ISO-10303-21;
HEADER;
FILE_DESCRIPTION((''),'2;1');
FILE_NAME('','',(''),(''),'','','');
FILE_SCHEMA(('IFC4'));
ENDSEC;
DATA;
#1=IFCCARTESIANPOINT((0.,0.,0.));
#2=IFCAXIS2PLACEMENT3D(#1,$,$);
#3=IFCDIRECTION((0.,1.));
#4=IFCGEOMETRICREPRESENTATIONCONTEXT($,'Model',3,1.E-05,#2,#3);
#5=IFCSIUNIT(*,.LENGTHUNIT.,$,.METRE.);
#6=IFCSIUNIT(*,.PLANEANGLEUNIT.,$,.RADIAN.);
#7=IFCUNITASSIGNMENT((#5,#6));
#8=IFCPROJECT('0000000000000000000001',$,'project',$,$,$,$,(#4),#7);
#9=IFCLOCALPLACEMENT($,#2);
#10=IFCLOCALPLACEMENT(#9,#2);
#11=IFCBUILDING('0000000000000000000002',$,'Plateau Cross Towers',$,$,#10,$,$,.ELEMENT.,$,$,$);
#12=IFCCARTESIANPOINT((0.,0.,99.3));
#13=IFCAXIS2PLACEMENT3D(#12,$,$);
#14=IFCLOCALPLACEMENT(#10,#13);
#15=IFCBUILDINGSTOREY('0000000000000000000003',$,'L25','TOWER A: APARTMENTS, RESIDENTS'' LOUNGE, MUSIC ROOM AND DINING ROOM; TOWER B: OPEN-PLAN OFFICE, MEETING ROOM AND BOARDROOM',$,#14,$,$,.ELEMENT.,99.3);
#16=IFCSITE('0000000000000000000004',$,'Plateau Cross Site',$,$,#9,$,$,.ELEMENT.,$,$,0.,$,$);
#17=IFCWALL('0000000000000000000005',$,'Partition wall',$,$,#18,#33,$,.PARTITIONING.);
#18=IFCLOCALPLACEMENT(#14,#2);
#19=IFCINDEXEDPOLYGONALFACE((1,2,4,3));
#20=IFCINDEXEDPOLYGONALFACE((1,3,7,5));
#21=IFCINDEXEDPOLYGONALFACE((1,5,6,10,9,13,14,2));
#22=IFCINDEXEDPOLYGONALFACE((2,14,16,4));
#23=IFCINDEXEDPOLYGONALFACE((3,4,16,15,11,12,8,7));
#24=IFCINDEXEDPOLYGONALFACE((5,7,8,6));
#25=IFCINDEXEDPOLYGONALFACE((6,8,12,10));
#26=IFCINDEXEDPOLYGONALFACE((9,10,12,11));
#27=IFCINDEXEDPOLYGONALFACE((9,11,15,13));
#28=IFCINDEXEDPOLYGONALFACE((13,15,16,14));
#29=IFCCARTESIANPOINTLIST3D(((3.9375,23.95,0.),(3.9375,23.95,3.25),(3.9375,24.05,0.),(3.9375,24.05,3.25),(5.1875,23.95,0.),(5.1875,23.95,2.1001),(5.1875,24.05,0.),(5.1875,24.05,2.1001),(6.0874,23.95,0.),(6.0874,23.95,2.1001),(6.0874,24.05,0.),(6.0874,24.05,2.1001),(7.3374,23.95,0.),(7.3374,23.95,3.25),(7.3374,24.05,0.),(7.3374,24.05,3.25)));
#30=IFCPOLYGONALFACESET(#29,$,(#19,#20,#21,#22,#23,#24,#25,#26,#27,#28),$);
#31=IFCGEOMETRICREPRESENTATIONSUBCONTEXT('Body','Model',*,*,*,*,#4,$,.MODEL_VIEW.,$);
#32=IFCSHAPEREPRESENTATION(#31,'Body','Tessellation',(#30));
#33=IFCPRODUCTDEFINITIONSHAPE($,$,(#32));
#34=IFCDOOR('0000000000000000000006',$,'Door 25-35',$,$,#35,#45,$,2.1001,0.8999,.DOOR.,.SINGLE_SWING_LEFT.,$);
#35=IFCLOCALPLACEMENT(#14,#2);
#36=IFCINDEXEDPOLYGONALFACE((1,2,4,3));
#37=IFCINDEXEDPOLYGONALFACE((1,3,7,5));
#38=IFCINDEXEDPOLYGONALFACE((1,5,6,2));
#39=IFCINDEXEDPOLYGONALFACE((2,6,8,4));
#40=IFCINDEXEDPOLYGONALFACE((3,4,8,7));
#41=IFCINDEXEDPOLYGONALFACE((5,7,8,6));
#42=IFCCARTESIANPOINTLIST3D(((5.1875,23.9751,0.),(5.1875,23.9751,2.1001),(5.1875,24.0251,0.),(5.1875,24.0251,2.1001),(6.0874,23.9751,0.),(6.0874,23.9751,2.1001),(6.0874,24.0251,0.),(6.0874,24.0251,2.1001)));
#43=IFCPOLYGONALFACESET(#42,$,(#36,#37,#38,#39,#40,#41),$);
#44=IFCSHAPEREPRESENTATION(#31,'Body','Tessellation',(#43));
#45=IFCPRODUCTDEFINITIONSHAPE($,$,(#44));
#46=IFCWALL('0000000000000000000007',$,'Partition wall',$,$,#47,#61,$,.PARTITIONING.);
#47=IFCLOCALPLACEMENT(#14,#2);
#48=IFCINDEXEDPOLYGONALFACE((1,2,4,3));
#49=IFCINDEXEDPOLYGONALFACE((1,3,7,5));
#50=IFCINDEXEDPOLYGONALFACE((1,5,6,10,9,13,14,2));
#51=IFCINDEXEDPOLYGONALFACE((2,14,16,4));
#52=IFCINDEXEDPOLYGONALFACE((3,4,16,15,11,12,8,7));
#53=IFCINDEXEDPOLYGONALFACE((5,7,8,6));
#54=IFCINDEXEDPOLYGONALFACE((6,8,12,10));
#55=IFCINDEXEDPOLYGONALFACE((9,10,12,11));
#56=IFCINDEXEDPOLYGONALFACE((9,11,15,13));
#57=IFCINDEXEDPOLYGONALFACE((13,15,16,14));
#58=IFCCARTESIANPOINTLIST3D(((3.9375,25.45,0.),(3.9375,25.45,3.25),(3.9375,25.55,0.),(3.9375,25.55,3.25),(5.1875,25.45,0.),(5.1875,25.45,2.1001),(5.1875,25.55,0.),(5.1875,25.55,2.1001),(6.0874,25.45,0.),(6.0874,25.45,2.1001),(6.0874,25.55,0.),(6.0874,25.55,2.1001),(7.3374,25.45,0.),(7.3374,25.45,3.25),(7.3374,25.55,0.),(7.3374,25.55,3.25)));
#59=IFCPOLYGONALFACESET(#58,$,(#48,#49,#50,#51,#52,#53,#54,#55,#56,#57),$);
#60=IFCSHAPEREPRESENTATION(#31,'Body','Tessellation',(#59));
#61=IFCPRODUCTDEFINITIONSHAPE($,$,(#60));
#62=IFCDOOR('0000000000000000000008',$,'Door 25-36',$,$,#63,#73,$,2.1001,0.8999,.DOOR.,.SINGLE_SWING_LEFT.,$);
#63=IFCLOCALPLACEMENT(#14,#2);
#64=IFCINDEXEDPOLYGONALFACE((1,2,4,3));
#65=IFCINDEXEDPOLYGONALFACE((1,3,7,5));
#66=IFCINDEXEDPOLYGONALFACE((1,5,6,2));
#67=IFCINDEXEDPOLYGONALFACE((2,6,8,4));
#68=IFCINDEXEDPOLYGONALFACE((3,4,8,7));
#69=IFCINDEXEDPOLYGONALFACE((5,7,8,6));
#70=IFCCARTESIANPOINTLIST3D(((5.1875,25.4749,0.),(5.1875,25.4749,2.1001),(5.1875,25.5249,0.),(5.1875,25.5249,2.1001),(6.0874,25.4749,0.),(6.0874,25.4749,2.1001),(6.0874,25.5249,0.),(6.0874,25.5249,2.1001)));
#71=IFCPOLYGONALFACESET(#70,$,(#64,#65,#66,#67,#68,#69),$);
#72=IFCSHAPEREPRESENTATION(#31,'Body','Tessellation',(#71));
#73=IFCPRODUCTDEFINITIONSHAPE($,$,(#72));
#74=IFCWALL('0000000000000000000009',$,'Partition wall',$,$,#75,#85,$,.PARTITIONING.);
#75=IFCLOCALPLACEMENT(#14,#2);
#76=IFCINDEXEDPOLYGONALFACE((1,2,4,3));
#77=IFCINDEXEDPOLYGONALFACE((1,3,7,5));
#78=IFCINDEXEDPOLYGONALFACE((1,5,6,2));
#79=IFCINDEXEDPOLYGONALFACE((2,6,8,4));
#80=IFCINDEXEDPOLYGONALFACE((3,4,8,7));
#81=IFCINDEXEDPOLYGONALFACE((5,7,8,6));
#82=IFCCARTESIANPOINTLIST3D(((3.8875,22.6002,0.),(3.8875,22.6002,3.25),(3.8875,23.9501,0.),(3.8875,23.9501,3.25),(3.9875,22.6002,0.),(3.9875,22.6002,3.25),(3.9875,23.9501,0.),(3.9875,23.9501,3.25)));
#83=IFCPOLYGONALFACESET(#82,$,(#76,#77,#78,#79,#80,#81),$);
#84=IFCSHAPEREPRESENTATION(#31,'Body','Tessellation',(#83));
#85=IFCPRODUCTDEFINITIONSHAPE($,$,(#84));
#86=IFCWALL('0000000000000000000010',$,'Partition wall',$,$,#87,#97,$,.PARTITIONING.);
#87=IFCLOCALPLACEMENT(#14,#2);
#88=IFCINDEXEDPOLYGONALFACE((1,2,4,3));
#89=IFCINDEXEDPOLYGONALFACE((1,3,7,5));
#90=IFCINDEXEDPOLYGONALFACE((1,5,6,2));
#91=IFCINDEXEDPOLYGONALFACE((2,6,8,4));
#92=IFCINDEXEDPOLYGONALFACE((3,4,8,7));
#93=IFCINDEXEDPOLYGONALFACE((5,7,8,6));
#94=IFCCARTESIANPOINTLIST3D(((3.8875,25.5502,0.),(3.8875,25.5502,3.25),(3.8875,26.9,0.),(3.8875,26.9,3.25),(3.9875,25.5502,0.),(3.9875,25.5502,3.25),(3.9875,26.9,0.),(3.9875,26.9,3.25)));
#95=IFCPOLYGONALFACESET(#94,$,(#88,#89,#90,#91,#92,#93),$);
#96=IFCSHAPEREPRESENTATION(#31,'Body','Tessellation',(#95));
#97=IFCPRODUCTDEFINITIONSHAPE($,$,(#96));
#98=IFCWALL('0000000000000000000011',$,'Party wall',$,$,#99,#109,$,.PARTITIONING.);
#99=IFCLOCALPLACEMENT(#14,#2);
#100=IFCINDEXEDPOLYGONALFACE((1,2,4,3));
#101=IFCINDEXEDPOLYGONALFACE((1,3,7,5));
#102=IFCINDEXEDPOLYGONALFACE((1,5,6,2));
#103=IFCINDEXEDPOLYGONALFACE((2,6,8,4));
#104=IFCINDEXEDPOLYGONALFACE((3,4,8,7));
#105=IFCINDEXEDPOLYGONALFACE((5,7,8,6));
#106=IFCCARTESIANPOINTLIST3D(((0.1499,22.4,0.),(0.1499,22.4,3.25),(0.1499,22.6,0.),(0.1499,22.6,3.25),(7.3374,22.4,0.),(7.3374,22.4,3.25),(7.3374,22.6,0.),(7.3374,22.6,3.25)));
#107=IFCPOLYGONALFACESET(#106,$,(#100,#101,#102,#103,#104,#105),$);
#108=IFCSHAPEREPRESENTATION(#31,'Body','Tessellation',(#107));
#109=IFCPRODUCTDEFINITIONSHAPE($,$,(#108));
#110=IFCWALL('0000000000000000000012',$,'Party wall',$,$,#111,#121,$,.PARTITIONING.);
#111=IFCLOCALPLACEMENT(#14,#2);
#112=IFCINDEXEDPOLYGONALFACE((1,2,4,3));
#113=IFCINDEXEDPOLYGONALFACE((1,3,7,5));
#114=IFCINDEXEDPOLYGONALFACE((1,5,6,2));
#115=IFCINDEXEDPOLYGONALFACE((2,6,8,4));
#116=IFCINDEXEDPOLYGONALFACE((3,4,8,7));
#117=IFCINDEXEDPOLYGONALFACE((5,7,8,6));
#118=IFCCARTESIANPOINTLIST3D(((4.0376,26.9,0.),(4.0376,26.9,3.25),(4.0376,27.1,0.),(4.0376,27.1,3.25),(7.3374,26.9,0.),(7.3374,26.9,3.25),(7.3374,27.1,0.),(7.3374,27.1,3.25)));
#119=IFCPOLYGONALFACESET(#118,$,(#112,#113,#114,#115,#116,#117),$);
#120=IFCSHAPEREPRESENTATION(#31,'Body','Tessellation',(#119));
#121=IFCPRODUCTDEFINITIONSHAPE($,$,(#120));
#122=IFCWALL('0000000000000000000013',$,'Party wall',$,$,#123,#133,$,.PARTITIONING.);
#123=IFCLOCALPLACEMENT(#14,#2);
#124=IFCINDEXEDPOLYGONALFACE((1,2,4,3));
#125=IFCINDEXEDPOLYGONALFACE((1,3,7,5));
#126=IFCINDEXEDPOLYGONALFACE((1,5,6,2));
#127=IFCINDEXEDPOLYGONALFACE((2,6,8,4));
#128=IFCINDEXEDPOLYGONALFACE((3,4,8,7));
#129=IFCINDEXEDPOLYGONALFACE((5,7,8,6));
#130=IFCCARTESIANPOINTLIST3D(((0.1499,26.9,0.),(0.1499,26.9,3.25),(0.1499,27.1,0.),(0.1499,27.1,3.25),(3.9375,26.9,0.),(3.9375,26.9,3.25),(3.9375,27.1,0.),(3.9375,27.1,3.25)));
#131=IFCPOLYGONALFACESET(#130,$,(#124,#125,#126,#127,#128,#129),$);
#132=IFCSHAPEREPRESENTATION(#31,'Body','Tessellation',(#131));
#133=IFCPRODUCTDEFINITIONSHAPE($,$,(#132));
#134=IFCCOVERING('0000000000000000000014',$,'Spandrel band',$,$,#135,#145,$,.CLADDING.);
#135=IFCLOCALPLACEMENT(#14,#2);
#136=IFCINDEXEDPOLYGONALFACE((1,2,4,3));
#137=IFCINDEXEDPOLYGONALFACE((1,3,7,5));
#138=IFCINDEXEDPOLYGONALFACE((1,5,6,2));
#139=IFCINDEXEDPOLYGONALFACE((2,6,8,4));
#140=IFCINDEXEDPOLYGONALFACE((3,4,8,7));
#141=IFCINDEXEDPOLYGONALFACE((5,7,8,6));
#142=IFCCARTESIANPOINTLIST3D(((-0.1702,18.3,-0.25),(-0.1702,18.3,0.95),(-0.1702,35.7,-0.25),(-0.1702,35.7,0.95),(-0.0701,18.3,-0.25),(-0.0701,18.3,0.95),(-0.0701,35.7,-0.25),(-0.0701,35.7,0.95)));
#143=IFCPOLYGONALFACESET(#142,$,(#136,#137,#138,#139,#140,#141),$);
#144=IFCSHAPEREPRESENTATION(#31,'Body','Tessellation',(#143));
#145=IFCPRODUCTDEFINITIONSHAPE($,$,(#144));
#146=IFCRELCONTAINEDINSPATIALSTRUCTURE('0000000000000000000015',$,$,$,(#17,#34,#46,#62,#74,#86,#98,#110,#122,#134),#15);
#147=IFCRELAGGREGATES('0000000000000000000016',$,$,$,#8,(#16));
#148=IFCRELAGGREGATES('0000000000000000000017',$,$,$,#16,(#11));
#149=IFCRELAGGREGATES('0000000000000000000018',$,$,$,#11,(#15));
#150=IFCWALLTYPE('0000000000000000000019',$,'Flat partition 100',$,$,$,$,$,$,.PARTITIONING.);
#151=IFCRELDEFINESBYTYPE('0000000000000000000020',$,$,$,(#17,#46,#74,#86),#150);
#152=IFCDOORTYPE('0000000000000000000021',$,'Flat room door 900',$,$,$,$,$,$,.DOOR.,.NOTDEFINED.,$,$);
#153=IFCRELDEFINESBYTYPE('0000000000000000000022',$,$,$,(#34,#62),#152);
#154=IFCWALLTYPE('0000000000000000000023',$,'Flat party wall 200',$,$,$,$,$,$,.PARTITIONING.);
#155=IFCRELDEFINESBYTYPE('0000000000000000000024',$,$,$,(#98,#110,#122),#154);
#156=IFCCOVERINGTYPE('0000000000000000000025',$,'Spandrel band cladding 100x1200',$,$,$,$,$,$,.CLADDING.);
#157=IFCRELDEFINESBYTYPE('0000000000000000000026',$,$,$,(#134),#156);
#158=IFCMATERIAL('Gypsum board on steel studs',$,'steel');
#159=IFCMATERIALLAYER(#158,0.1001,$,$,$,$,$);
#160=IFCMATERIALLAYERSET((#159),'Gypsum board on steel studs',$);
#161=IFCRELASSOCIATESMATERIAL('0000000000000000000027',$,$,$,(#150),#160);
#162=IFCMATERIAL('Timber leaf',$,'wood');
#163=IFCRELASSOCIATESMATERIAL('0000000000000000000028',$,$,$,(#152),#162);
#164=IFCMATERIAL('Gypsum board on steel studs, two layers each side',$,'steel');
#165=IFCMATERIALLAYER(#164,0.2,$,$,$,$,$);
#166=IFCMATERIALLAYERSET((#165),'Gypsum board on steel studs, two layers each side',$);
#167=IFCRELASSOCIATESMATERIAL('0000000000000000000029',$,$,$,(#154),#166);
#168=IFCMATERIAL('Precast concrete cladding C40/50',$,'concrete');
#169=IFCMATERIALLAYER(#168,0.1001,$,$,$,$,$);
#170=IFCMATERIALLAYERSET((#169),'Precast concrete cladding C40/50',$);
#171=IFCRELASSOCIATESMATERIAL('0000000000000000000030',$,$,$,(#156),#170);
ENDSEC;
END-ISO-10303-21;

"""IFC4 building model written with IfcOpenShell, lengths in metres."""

from ifc_helpers import new_model, si_unit, direction, frame, frame_2d, origin, origin_2d, place, context, subcontext, project, spatial, rectangle, extrude, material, layer, layer_set, type_object, element, fill, save


model = new_model("IFC4")

# Units and contexts
model_context = context("Model", 3, precision=1e-05, world=origin(), true_north=direction((0.0, 1.0)))
body_context = subcontext(model_context, "Body", "Model", "MODEL_VIEW")
ifc_project = project(units=[si_unit("LENGTHUNIT", "METRE"), si_unit("PLANEANGLEUNIT", "RADIAN")], contexts=[model_context])

# Site, building, storey
site_placement = place(None, origin())
site = spatial("IfcSite", under=ifc_project, at=site_placement, Name="Plateau Cross Site", CompositionType="ELEMENT", RefElevation=0.0)
building_placement = place(site_placement, origin())
building = spatial("IfcBuilding", under=site, at=building_placement, Name="Plateau Cross Towers", CompositionType="ELEMENT")
storey_placement = place(building_placement, frame((0.0, 0.0, 99.3)))
storey = spatial("IfcBuildingStorey", under=building, at=storey_placement, Name="L25", Description="TOWER A: APARTMENTS, RESIDENTS' LOUNGE, MUSIC ROOM AND DINING ROOM; TOWER B: OPEN-PLAN OFFICE, MEETING ROOM AND BOARDROOM", CompositionType="ELEMENT", Elevation=99.3)

# Walls, openings, doors
ifc_material_1 = material(Name="Gypsum board on steel studs", Category="steel")
ifc_layer_1 = layer(ifc_material_1, 0.1001)
ifc_layer_set_1 = layer_set([ifc_layer_1], Name="Gypsum board on steel studs")
wall_type_1 = type_object("IfcWallType", Name="Flat partition 100", PredefinedType="PARTITIONING", material=ifc_layer_set_1)
wall_1_placement = place(storey_placement, frame((7.3374, 24.0, 0.0), z_axis=(0.0, 0.0, 1.0), x_axis=(-1.0, 0.0, 0.0)))
wall_1 = element("IfcWall", 1, at=wall_1_placement, inside=storey, type_object=wall_type_1, Name="Partition wall", PredefinedType="PARTITIONING", context=body_context, shape_type="SweptSolid", body=[
    extrude(rectangle(XDim=3.3999, YDim=0.1001, at=frame_2d((1.7, 0.0))), origin(), (0.0, 0.0, 1.0), 3.25),
])
opening_1_placement = place(wall_1_placement, frame((1.25, 0.0, 0.0)))
opening_1 = element("IfcOpeningElement", 2, at=opening_1_placement, cuts=wall_1, PredefinedType="OPENING", context=body_context, shape_type="SweptSolid", body=[
    extrude(rectangle(XDim=0.8999, YDim=2.1001, at=frame_2d((0.45, 1.05))), frame((0.0, 0.0601, 0.0), z_axis=(0.0, -1.0, 0.0), x_axis=(1.0, 0.0, 0.0)), (0.0, 0.0, 1.0), 0.1201),
])
ifc_material_2 = material(Name="Timber leaf", Category="wood")
door_type_1 = type_object("IfcDoorType", Name="Flat room door 900", OperationType="NOTDEFINED", PredefinedType="DOOR", material=ifc_material_2)
door_1_placement = place(opening_1_placement, origin())
door_1 = element("IfcDoor", 3, at=door_1_placement, inside=storey, type_object=door_type_1, Name="Door 25-35", OperationType="SINGLE_SWING_LEFT", OverallHeight=2.1001, OverallWidth=0.8999, PredefinedType="DOOR", context=body_context, shape_type="SweptSolid", body=[
    extrude(rectangle(XDim=0.8999, YDim=2.1001, at=frame_2d((0.45, 1.05))), frame((0.0, 0.0249, 0.0), z_axis=(0.0, -1.0, 0.0), x_axis=(1.0, 0.0, 0.0)), (0.0, 0.0, 1.0), 0.05),
])
fill(opening_1, door_1)
wall_2_placement = place(storey_placement, frame((3.9375, 25.5, 0.0), z_axis=(0.0, 0.0, 1.0), x_axis=(1.0, 0.0, 0.0)))
wall_2 = element("IfcWall", 4, at=wall_2_placement, inside=storey, type_object=wall_type_1, Name="Partition wall", PredefinedType="PARTITIONING", context=body_context, shape_type="SweptSolid", body=[
    extrude(rectangle(XDim=3.3999, YDim=0.1001, at=frame_2d((1.7, 0.0))), origin(), (0.0, 0.0, 1.0), 3.25),
])
opening_2_placement = place(wall_2_placement, frame((1.25, 0.0, 0.0)))
opening_2 = element("IfcOpeningElement", 5, at=opening_2_placement, cuts=wall_2, PredefinedType="OPENING", context=body_context, shape_type="SweptSolid", body=[
    extrude(rectangle(XDim=0.8999, YDim=2.1001, at=frame_2d((0.45, 1.05))), frame((0.0, 0.0601, 0.0), z_axis=(0.0, -1.0, 0.0), x_axis=(1.0, 0.0, 0.0)), (0.0, 0.0, 1.0), 0.1201),
])
door_2_placement = place(opening_2_placement, origin())
door_2 = element("IfcDoor", 6, at=door_2_placement, inside=storey, type_object=door_type_1, Name="Door 25-36", OperationType="SINGLE_SWING_LEFT", OverallHeight=2.1001, OverallWidth=0.8999, PredefinedType="DOOR", context=body_context, shape_type="SweptSolid", body=[
    extrude(rectangle(XDim=0.8999, YDim=2.1001, at=frame_2d((0.45, 1.05))), frame((0.0, 0.0249, 0.0), z_axis=(0.0, -1.0, 0.0), x_axis=(1.0, 0.0, 0.0)), (0.0, 0.0, 1.0), 0.05),
])
fill(opening_2, door_2)

# Walls
for number, where, z_axis, x_axis, name in (
    (7, (3.9375, 23.95, 0.0), (0.0, 0.0, 1.0), (0.0, -1.0, 0.0), "Partition wall"),
    (8, (3.9375, 26.8999, 0.0), (0.0, 0.0, 1.0), (0.0, -1.0, 0.0), "Partition wall"),
):
    element("IfcWall", number, at=place(storey_placement, frame(where, z_axis=z_axis, x_axis=x_axis)), inside=storey, type_object=wall_type_1, Name=name, PredefinedType="PARTITIONING", context=body_context, shape_type="SweptSolid", body=[
        extrude(rectangle(XDim=1.3499, YDim=0.1001, at=frame_2d((0.6748, 0.0))), origin(), (0.0, 0.0, 1.0), 3.25),
    ])
ifc_material_3 = material(Name="Gypsum board on steel studs, two layers each side", Category="steel")
ifc_layer_2 = layer(ifc_material_3, 0.2)
ifc_layer_set_2 = layer_set([ifc_layer_2], Name="Gypsum board on steel studs, two layers each side")
wall_type_2 = type_object("IfcWallType", Name="Flat party wall 200", PredefinedType="PARTITIONING", material=ifc_layer_set_2)
wall_3_placement = place(storey_placement, frame((7.3374, 22.5, 0.0), z_axis=(0.0, 0.0, 1.0), x_axis=(-1.0, 0.0, 0.0)))
element("IfcWall", 9, at=wall_3_placement, inside=storey, type_object=wall_type_2, Name="Party wall", PredefinedType="PARTITIONING", context=body_context, shape_type="SweptSolid", body=[
    extrude(rectangle(XDim=7.1875, YDim=0.2, at=frame_2d((3.5938, 0.0))), origin(), (0.0, 0.0, 1.0), 3.25),
])
wall_4_placement = place(storey_placement, frame((7.3374, 27.0, 0.0), z_axis=(0.0, 0.0, 1.0), x_axis=(-1.0, 0.0, 0.0)))
element("IfcWall", 10, at=wall_4_placement, inside=storey, type_object=wall_type_2, Name="Party wall", PredefinedType="PARTITIONING", context=body_context, shape_type="SweptSolid", body=[
    extrude(rectangle(XDim=3.2998, YDim=0.2, at=frame_2d((1.6499, 0.0))), origin(), (0.0, 0.0, 1.0), 3.25),
])
wall_5_placement = place(storey_placement, frame((0.1499, 27.0, 0.0), z_axis=(0.0, 0.0, 1.0), x_axis=(1.0, 0.0, 0.0)))
element("IfcWall", 11, at=wall_5_placement, inside=storey, type_object=wall_type_2, Name="Party wall", PredefinedType="PARTITIONING", context=body_context, shape_type="SweptSolid", body=[
    extrude(rectangle(XDim=3.7876, YDim=0.2, at=frame_2d((1.8938, 0.0))), origin(), (0.0, 0.0, 1.0), 3.25),
])

# Covering
ifc_material_4 = material(Name="Precast concrete cladding C40/50", Category="concrete")
ifc_layer_3 = layer(ifc_material_4, 0.1001)
ifc_layer_set_3 = layer_set([ifc_layer_3], Name="Precast concrete cladding C40/50")
covering_type = type_object("IfcCoveringType", Name="Spandrel band cladding 100x1200", PredefinedType="CLADDING", material=ifc_layer_set_3)
covering_placement = place(storey_placement, frame((-0.1201, 27.0, -0.25), z_axis=(0.0, 0.0, 1.0), x_axis=(0.0, -1.0, 0.0)))
element("IfcCovering", 12, at=covering_placement, inside=storey, type_object=covering_type, Name="Spandrel band", PredefinedType="CLADDING", context=body_context, shape_type="SweptSolid", body=[
    extrude(rectangle(XDim=17.3999, YDim=0.1001, at=origin_2d()), origin(), (0.0, 0.0, 1.0), 1.2),
])

save(model, "model.ifc")
